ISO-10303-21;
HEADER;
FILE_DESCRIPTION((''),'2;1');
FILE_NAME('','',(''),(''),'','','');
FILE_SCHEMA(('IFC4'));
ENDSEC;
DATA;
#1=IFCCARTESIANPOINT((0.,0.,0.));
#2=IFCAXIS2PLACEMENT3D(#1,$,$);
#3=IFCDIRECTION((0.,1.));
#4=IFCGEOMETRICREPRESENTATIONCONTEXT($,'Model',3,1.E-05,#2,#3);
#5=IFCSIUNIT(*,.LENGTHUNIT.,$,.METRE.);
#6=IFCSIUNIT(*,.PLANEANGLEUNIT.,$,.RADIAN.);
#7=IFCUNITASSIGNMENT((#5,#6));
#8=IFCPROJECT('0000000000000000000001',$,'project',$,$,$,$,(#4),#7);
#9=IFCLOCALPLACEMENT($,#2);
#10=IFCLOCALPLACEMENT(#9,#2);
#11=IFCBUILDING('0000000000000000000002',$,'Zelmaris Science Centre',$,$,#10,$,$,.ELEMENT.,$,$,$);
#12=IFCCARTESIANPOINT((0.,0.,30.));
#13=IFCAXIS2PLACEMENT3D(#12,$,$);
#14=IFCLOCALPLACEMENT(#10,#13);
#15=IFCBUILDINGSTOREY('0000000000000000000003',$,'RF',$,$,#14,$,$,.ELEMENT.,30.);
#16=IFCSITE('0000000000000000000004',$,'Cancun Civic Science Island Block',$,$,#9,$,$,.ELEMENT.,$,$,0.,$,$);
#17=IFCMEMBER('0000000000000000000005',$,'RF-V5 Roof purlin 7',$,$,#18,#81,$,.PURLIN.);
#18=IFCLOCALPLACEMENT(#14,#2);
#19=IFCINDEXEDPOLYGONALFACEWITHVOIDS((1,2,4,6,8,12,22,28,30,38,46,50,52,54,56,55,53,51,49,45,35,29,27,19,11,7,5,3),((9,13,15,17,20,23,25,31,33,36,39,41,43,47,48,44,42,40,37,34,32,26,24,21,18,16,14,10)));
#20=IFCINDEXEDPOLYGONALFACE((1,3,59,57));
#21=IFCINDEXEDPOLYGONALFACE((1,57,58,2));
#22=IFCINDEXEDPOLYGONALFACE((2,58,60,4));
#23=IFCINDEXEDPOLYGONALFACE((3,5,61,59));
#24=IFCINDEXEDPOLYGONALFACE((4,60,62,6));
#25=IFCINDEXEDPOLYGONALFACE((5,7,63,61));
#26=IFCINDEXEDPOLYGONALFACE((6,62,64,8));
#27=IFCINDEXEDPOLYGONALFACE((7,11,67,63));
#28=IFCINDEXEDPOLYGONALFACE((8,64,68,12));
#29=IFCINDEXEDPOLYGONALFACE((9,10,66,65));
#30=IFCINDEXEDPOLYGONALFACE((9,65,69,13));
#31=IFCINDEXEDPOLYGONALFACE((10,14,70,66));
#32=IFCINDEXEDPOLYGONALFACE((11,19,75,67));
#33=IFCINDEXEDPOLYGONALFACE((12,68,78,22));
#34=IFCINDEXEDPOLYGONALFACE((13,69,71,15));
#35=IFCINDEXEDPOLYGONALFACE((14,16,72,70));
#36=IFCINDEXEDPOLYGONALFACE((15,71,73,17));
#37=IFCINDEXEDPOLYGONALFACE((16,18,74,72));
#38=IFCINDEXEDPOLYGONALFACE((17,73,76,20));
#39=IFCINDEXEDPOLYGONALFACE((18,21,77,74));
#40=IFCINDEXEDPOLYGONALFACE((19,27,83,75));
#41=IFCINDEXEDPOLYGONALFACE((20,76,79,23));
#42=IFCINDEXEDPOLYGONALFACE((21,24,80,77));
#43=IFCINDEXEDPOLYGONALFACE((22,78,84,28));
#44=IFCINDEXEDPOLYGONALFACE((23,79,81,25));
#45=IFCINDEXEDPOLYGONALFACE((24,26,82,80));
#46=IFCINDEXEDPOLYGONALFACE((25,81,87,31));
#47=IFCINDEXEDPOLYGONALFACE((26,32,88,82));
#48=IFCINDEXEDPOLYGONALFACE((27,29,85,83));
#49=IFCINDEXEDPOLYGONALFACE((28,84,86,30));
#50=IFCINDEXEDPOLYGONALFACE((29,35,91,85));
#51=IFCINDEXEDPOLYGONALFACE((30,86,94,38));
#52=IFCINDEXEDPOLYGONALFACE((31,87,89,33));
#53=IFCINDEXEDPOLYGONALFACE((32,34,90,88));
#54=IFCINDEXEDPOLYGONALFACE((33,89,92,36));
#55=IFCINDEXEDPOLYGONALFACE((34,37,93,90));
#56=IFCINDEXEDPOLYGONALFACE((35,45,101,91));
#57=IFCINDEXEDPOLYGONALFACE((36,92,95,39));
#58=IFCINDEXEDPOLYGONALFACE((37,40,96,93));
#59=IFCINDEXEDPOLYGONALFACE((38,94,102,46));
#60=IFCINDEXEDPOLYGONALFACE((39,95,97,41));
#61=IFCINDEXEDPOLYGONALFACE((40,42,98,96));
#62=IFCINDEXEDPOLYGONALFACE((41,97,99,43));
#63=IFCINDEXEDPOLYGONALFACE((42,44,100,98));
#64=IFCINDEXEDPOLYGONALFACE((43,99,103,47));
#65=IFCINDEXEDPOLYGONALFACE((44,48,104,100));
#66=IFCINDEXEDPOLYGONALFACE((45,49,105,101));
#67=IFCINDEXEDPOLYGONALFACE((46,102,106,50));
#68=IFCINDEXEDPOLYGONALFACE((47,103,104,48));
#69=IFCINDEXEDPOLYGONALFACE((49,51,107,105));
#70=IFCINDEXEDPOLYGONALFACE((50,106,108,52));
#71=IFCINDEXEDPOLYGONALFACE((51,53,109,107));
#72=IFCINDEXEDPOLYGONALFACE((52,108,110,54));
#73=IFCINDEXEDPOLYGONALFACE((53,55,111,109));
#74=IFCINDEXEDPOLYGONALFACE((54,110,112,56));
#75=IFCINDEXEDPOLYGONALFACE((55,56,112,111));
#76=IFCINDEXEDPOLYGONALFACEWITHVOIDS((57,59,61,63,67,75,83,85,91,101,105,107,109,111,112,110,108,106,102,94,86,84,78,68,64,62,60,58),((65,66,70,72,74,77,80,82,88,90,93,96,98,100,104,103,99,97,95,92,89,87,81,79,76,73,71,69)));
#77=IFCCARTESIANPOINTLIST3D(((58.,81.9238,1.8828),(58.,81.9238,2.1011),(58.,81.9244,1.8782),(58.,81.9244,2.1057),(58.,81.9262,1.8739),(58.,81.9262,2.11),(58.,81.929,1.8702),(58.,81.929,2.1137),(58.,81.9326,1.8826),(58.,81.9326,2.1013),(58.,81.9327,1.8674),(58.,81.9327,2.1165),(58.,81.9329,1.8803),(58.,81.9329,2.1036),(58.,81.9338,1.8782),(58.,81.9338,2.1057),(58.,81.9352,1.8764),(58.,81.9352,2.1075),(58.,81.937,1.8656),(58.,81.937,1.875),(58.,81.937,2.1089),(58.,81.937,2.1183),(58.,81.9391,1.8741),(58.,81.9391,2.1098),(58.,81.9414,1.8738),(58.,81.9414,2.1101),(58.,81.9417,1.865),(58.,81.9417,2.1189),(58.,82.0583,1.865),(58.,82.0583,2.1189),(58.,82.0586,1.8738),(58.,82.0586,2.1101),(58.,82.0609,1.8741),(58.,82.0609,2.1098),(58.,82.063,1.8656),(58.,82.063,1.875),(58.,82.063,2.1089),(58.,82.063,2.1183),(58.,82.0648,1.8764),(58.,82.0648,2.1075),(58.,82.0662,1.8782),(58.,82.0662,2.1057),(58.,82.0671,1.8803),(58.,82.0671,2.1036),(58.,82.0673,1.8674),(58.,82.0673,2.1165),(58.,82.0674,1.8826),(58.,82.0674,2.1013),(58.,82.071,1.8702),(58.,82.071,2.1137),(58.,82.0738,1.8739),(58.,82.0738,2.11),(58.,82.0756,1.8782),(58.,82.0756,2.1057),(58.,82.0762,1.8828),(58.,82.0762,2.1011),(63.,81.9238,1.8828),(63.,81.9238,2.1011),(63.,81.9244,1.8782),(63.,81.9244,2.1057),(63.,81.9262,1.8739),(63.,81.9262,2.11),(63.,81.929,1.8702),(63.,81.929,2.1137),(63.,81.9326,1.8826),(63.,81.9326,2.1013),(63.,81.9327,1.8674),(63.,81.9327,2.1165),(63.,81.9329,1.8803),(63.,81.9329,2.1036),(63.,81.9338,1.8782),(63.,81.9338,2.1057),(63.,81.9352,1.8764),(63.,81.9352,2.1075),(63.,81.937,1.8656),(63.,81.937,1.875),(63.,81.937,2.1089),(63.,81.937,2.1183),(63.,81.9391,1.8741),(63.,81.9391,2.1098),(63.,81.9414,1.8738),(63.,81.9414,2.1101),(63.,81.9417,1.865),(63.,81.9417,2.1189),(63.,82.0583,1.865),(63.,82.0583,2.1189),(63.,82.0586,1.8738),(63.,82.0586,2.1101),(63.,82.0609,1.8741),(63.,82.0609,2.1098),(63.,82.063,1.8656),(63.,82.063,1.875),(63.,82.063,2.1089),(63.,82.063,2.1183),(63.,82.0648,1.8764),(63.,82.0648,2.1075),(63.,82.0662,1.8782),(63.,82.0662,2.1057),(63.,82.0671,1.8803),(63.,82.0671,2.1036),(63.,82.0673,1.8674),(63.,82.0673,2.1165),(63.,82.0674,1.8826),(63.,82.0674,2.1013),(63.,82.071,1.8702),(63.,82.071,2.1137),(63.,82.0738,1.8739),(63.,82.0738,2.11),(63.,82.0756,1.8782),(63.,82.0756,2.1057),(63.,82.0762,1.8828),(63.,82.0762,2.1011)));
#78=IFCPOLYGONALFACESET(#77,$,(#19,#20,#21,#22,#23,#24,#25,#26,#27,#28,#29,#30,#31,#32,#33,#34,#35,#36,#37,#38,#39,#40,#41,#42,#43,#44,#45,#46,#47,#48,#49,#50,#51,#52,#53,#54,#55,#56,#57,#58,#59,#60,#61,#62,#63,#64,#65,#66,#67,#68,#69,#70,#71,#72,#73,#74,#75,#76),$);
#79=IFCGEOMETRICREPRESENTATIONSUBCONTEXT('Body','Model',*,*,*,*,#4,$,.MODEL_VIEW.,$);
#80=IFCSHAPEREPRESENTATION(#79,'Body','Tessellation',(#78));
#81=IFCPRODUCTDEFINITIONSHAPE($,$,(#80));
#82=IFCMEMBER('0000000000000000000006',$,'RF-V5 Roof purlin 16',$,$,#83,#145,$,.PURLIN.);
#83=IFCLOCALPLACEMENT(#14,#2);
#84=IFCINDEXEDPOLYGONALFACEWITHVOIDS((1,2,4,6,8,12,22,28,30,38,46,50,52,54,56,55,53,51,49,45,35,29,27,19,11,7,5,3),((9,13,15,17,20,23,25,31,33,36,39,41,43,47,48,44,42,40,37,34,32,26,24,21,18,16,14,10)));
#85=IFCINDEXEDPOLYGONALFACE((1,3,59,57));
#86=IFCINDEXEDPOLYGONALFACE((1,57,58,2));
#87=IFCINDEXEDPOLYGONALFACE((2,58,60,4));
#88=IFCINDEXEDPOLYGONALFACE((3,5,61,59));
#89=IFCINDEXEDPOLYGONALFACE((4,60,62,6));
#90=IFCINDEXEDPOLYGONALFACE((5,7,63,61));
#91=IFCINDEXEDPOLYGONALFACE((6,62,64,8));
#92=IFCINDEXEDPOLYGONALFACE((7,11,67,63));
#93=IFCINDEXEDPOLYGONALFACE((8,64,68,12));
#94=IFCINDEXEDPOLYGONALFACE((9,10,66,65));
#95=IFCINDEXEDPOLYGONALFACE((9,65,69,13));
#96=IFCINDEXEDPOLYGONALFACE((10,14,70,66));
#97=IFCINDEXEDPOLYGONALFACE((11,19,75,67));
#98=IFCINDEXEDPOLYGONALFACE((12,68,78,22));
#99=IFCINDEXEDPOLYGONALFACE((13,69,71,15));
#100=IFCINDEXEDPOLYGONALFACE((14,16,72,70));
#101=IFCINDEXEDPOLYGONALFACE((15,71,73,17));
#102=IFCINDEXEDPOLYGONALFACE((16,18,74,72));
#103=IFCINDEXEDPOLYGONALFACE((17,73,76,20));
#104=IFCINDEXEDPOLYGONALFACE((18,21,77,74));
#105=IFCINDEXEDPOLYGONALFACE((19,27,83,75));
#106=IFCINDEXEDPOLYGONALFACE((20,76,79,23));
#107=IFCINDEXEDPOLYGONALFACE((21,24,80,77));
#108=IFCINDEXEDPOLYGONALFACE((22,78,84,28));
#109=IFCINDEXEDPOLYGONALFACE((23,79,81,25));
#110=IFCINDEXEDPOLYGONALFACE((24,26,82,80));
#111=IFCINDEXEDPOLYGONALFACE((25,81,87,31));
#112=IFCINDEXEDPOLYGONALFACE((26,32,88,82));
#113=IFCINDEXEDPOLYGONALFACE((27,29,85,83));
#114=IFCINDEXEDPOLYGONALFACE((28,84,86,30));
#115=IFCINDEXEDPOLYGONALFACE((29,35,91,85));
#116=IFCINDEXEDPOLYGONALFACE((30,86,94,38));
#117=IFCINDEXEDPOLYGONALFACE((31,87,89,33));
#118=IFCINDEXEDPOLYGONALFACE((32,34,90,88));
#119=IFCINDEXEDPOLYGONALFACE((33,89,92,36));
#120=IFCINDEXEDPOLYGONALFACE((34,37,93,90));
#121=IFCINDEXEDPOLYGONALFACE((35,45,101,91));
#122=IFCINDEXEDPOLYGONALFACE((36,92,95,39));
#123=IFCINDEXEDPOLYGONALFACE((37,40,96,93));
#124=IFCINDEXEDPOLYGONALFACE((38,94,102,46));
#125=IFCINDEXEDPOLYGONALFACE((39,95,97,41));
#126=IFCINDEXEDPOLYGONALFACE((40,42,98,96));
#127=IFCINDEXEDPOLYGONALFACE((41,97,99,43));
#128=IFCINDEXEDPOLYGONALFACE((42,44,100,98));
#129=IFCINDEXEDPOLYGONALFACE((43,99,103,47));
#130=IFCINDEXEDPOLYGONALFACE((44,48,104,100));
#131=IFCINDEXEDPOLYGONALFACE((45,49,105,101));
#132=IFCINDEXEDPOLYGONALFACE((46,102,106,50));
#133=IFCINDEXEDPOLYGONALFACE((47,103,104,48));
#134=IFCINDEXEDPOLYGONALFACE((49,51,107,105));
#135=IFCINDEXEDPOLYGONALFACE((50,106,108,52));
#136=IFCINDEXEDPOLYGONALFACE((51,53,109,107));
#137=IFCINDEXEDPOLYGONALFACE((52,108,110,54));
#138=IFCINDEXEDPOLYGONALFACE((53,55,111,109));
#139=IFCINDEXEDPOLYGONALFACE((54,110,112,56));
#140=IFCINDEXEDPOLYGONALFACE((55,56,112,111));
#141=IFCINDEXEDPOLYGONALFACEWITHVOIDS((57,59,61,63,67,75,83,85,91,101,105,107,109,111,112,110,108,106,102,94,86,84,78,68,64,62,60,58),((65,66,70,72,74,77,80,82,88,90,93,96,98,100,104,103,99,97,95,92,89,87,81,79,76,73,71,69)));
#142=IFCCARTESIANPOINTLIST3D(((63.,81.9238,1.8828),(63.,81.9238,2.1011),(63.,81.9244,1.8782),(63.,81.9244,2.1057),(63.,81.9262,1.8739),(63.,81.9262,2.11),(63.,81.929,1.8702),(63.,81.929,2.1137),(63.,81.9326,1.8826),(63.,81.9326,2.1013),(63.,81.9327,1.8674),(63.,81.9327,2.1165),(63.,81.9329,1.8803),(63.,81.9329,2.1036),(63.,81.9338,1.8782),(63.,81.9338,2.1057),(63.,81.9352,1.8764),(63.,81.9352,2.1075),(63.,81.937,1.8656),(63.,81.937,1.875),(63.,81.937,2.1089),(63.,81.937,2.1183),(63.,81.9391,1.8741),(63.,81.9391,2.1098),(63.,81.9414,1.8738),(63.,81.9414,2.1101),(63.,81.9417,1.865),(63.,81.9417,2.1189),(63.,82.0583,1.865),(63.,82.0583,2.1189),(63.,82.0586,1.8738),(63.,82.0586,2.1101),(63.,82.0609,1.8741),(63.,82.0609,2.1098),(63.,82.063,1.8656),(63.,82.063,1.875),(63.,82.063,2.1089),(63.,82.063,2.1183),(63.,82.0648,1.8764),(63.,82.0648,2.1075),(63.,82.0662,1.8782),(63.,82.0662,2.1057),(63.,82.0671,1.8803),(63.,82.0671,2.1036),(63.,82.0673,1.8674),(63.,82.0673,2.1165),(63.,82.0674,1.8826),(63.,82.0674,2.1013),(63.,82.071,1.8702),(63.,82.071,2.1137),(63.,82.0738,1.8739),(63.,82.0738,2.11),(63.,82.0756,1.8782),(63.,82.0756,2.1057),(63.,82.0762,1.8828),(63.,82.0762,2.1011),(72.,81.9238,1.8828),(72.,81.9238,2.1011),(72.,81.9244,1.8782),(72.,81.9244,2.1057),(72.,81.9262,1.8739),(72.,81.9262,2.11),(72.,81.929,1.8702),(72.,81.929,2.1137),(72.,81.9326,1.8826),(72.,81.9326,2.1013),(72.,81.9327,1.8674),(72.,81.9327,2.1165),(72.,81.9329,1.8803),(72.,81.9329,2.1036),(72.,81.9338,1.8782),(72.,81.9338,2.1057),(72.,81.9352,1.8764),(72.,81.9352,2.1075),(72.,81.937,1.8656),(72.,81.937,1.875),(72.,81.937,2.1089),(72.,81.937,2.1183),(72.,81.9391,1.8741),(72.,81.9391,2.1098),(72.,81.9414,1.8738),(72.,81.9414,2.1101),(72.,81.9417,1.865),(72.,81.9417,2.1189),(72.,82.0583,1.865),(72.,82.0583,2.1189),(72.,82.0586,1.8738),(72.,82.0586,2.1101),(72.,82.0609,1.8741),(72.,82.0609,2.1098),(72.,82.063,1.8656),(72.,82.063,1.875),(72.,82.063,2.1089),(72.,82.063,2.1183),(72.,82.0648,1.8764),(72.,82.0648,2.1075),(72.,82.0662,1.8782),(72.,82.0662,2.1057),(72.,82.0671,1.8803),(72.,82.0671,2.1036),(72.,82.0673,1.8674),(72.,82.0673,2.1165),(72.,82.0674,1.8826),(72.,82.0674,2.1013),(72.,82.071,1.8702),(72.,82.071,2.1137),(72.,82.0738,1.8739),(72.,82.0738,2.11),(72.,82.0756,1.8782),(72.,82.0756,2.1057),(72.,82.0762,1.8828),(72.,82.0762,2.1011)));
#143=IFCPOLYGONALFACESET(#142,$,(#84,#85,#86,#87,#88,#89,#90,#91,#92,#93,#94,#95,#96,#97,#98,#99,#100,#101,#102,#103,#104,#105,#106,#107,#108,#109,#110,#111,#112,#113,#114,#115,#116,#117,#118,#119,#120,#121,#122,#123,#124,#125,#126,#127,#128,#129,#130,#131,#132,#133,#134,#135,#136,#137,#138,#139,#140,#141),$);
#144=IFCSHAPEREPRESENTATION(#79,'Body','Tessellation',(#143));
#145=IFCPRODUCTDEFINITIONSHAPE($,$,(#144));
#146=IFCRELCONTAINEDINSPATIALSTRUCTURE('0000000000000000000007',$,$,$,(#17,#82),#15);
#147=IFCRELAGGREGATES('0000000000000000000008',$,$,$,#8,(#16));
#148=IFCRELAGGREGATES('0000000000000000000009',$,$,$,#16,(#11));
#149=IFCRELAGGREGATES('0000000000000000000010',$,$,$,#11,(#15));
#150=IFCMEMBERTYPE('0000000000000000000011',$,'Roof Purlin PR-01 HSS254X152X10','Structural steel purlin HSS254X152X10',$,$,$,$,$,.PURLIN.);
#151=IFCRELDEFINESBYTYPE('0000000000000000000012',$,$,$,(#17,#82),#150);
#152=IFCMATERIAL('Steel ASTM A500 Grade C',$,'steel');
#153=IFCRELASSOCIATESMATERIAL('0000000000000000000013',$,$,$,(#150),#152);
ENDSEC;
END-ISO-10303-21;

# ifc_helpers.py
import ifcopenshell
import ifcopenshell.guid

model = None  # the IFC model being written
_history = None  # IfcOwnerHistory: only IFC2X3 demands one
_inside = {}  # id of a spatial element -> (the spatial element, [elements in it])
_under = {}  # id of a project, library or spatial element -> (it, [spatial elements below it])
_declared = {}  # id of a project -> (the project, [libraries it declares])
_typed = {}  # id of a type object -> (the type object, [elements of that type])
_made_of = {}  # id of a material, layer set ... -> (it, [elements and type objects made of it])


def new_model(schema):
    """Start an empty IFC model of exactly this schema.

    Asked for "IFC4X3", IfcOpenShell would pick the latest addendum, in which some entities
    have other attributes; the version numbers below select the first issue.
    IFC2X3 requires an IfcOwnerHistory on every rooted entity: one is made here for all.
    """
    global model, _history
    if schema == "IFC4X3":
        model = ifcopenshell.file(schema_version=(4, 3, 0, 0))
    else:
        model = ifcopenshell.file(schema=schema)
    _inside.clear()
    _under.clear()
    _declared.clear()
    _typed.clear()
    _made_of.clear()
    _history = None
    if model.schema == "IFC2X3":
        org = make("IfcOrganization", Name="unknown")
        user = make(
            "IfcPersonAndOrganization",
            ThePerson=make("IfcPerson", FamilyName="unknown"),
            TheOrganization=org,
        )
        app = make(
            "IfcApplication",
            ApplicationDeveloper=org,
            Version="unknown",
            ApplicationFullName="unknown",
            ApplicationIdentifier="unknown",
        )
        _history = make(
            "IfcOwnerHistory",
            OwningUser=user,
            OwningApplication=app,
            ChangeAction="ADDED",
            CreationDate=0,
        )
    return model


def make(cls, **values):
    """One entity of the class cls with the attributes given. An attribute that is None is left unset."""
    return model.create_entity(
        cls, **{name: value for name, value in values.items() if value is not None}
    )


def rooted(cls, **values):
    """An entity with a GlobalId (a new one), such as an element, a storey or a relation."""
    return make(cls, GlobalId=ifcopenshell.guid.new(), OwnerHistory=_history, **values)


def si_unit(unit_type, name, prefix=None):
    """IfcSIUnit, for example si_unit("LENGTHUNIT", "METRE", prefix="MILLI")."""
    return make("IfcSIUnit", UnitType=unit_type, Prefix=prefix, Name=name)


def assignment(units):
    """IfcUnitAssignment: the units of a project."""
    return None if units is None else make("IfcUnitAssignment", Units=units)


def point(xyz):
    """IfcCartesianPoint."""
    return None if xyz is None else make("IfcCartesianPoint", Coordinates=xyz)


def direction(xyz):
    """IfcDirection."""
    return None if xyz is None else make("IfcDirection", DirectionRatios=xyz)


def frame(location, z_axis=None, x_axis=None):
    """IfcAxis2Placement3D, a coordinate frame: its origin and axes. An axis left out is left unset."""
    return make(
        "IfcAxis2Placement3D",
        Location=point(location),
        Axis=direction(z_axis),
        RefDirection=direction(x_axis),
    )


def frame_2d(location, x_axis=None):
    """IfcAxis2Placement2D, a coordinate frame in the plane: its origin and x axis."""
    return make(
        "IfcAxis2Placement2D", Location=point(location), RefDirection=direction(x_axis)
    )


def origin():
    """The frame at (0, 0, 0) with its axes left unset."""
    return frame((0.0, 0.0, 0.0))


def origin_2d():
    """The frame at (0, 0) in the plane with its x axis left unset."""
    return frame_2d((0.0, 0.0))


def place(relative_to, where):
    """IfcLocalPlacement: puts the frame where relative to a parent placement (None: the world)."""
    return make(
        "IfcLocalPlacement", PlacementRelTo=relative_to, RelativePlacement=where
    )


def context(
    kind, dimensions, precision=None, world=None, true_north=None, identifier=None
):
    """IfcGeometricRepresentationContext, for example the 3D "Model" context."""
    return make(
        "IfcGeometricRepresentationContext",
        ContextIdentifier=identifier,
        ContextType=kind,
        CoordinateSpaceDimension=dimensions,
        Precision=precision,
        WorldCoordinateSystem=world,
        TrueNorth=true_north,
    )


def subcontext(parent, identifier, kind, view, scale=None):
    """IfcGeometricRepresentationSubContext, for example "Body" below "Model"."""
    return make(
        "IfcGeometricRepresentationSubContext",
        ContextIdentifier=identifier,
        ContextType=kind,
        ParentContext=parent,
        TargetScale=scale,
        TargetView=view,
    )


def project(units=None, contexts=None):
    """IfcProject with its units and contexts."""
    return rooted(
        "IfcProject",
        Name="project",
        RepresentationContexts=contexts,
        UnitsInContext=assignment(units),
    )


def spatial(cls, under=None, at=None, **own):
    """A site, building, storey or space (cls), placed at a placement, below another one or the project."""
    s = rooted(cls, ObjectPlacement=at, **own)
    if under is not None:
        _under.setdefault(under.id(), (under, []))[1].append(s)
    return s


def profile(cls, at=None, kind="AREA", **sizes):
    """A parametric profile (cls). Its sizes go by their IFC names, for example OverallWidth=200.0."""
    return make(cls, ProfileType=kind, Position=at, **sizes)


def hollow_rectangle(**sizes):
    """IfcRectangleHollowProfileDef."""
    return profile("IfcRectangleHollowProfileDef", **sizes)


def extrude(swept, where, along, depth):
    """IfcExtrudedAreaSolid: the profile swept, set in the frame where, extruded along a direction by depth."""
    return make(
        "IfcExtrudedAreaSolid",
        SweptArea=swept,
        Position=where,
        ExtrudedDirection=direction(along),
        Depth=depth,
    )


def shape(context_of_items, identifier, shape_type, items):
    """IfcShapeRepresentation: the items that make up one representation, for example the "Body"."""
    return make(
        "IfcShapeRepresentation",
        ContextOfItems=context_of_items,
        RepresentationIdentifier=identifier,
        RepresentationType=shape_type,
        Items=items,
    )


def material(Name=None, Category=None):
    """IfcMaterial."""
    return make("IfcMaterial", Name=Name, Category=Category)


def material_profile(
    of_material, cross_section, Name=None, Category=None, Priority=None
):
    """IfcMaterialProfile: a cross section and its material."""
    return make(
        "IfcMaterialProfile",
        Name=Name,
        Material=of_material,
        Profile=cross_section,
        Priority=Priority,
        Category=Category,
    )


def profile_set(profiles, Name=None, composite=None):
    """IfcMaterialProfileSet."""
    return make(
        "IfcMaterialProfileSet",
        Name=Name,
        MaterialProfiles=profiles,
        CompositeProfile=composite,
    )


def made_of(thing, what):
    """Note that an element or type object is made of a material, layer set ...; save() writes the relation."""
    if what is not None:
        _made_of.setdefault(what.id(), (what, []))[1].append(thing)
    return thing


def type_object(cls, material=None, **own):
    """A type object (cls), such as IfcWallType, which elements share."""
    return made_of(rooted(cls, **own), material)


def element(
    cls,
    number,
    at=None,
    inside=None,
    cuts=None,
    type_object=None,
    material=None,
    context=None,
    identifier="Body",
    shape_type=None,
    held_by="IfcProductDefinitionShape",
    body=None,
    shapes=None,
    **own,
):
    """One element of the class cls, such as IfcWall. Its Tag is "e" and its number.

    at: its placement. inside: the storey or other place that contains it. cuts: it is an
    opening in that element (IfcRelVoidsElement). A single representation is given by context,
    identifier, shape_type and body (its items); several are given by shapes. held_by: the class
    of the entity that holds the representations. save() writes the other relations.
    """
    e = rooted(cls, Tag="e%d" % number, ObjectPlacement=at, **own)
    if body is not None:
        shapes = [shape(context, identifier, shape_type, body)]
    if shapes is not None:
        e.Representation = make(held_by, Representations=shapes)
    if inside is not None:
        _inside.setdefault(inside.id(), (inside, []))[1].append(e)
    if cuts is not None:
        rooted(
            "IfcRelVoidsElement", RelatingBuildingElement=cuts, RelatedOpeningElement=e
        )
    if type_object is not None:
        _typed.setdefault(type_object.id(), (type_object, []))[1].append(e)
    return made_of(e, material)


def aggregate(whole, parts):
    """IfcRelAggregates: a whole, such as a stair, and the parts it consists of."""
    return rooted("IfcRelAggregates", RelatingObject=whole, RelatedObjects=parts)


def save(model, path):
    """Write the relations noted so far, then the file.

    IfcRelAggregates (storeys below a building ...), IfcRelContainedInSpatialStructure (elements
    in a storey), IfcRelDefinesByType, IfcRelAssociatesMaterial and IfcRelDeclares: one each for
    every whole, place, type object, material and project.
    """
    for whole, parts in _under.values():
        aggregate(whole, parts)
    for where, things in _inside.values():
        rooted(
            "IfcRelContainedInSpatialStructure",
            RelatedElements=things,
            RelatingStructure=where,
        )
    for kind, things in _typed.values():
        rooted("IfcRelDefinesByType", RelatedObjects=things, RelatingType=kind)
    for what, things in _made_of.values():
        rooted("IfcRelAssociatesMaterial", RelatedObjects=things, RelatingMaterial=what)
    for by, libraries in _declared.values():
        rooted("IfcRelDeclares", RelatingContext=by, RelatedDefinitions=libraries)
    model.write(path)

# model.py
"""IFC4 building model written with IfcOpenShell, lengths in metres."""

from ifc_helpers import new_model, si_unit, direction, frame, origin, origin_2d, place, context, subcontext, project, spatial, hollow_rectangle, extrude, material, material_profile, profile_set, type_object, element, save


model = new_model("IFC4")

# Units and contexts
model_context = context("Model", 3, precision=1e-05, world=origin(), true_north=direction((0.0, 1.0)))
body_context = subcontext(model_context, "Body", "Model", "MODEL_VIEW")
ifc_project = project(units=[si_unit("LENGTHUNIT", "METRE"), si_unit("PLANEANGLEUNIT", "RADIAN")], contexts=[model_context])

# Site, building, storey
site_placement = place(None, origin())
site = spatial("IfcSite", under=ifc_project, at=site_placement, Name="Cancun Civic Science Island Block", CompositionType="ELEMENT", RefElevation=0.0)
building_placement = place(site_placement, origin())
building = spatial("IfcBuilding", under=site, at=building_placement, Name="Zelmaris Science Centre", CompositionType="ELEMENT")
storey_placement = place(building_placement, frame((0.0, 0.0, 30.0)))
storey = spatial("IfcBuildingStorey", under=building, at=storey_placement, Name="RF", CompositionType="ELEMENT", Elevation=30.0)

# Shared definitions
ifc_material = material(Name="Steel ASTM A500 Grade C", Category="steel")

# Members
ifc_material_profile_1 = material_profile(ifc_material, hollow_rectangle(XDim=0.1523, YDim=0.2539, WallThickness=0.0088, InnerFilletRadius=0.0088, OuterFilletRadius=0.0178, at=origin_2d()), Name="HSS254X152X10")
ifc_profile_set_1 = profile_set([ifc_material_profile_1], Name="Steel ASTM A500 Grade C")
member_type_1 = type_object("IfcMemberType", Name="Roof Purlin PR-01 HSS254X152X10", Description="Structural steel purlin HSS254X152X10", PredefinedType="PURLIN", material=ifc_profile_set_1)
member_1_placement = place(storey_placement, frame((58.0, 82.0, 1.9919), z_axis=(1.0, 0.0, 0.0), x_axis=(0.0, 1.0, 0.0)))
element("IfcMember", 1, at=member_1_placement, inside=storey, type_object=member_type_1, Name="RF-V5 Roof purlin 7", PredefinedType="PURLIN", context=body_context, shape_type="SweptSolid", body=[
    extrude(hollow_rectangle(XDim=0.1523, YDim=0.2539, WallThickness=0.0088, InnerFilletRadius=0.0088, OuterFilletRadius=0.0178, at=origin_2d()), origin(), (0.0, 0.0, 1.0), 5.0),
])
member_2_placement = place(storey_placement, frame((63.0, 82.0, 1.9919), z_axis=(1.0, 0.0, 0.0), x_axis=(0.0, 1.0, 0.0)))
element("IfcMember", 2, at=member_2_placement, inside=storey, type_object=member_type_1, Name="RF-V5 Roof purlin 16", PredefinedType="PURLIN", context=body_context, shape_type="SweptSolid", body=[
    extrude(hollow_rectangle(XDim=0.1523, YDim=0.2539, WallThickness=0.0088, InnerFilletRadius=0.0088, OuterFilletRadius=0.0178, at=origin_2d()), origin(), (0.0, 0.0, 1.0), 9.0),
])

save(model, "model.ifc")
